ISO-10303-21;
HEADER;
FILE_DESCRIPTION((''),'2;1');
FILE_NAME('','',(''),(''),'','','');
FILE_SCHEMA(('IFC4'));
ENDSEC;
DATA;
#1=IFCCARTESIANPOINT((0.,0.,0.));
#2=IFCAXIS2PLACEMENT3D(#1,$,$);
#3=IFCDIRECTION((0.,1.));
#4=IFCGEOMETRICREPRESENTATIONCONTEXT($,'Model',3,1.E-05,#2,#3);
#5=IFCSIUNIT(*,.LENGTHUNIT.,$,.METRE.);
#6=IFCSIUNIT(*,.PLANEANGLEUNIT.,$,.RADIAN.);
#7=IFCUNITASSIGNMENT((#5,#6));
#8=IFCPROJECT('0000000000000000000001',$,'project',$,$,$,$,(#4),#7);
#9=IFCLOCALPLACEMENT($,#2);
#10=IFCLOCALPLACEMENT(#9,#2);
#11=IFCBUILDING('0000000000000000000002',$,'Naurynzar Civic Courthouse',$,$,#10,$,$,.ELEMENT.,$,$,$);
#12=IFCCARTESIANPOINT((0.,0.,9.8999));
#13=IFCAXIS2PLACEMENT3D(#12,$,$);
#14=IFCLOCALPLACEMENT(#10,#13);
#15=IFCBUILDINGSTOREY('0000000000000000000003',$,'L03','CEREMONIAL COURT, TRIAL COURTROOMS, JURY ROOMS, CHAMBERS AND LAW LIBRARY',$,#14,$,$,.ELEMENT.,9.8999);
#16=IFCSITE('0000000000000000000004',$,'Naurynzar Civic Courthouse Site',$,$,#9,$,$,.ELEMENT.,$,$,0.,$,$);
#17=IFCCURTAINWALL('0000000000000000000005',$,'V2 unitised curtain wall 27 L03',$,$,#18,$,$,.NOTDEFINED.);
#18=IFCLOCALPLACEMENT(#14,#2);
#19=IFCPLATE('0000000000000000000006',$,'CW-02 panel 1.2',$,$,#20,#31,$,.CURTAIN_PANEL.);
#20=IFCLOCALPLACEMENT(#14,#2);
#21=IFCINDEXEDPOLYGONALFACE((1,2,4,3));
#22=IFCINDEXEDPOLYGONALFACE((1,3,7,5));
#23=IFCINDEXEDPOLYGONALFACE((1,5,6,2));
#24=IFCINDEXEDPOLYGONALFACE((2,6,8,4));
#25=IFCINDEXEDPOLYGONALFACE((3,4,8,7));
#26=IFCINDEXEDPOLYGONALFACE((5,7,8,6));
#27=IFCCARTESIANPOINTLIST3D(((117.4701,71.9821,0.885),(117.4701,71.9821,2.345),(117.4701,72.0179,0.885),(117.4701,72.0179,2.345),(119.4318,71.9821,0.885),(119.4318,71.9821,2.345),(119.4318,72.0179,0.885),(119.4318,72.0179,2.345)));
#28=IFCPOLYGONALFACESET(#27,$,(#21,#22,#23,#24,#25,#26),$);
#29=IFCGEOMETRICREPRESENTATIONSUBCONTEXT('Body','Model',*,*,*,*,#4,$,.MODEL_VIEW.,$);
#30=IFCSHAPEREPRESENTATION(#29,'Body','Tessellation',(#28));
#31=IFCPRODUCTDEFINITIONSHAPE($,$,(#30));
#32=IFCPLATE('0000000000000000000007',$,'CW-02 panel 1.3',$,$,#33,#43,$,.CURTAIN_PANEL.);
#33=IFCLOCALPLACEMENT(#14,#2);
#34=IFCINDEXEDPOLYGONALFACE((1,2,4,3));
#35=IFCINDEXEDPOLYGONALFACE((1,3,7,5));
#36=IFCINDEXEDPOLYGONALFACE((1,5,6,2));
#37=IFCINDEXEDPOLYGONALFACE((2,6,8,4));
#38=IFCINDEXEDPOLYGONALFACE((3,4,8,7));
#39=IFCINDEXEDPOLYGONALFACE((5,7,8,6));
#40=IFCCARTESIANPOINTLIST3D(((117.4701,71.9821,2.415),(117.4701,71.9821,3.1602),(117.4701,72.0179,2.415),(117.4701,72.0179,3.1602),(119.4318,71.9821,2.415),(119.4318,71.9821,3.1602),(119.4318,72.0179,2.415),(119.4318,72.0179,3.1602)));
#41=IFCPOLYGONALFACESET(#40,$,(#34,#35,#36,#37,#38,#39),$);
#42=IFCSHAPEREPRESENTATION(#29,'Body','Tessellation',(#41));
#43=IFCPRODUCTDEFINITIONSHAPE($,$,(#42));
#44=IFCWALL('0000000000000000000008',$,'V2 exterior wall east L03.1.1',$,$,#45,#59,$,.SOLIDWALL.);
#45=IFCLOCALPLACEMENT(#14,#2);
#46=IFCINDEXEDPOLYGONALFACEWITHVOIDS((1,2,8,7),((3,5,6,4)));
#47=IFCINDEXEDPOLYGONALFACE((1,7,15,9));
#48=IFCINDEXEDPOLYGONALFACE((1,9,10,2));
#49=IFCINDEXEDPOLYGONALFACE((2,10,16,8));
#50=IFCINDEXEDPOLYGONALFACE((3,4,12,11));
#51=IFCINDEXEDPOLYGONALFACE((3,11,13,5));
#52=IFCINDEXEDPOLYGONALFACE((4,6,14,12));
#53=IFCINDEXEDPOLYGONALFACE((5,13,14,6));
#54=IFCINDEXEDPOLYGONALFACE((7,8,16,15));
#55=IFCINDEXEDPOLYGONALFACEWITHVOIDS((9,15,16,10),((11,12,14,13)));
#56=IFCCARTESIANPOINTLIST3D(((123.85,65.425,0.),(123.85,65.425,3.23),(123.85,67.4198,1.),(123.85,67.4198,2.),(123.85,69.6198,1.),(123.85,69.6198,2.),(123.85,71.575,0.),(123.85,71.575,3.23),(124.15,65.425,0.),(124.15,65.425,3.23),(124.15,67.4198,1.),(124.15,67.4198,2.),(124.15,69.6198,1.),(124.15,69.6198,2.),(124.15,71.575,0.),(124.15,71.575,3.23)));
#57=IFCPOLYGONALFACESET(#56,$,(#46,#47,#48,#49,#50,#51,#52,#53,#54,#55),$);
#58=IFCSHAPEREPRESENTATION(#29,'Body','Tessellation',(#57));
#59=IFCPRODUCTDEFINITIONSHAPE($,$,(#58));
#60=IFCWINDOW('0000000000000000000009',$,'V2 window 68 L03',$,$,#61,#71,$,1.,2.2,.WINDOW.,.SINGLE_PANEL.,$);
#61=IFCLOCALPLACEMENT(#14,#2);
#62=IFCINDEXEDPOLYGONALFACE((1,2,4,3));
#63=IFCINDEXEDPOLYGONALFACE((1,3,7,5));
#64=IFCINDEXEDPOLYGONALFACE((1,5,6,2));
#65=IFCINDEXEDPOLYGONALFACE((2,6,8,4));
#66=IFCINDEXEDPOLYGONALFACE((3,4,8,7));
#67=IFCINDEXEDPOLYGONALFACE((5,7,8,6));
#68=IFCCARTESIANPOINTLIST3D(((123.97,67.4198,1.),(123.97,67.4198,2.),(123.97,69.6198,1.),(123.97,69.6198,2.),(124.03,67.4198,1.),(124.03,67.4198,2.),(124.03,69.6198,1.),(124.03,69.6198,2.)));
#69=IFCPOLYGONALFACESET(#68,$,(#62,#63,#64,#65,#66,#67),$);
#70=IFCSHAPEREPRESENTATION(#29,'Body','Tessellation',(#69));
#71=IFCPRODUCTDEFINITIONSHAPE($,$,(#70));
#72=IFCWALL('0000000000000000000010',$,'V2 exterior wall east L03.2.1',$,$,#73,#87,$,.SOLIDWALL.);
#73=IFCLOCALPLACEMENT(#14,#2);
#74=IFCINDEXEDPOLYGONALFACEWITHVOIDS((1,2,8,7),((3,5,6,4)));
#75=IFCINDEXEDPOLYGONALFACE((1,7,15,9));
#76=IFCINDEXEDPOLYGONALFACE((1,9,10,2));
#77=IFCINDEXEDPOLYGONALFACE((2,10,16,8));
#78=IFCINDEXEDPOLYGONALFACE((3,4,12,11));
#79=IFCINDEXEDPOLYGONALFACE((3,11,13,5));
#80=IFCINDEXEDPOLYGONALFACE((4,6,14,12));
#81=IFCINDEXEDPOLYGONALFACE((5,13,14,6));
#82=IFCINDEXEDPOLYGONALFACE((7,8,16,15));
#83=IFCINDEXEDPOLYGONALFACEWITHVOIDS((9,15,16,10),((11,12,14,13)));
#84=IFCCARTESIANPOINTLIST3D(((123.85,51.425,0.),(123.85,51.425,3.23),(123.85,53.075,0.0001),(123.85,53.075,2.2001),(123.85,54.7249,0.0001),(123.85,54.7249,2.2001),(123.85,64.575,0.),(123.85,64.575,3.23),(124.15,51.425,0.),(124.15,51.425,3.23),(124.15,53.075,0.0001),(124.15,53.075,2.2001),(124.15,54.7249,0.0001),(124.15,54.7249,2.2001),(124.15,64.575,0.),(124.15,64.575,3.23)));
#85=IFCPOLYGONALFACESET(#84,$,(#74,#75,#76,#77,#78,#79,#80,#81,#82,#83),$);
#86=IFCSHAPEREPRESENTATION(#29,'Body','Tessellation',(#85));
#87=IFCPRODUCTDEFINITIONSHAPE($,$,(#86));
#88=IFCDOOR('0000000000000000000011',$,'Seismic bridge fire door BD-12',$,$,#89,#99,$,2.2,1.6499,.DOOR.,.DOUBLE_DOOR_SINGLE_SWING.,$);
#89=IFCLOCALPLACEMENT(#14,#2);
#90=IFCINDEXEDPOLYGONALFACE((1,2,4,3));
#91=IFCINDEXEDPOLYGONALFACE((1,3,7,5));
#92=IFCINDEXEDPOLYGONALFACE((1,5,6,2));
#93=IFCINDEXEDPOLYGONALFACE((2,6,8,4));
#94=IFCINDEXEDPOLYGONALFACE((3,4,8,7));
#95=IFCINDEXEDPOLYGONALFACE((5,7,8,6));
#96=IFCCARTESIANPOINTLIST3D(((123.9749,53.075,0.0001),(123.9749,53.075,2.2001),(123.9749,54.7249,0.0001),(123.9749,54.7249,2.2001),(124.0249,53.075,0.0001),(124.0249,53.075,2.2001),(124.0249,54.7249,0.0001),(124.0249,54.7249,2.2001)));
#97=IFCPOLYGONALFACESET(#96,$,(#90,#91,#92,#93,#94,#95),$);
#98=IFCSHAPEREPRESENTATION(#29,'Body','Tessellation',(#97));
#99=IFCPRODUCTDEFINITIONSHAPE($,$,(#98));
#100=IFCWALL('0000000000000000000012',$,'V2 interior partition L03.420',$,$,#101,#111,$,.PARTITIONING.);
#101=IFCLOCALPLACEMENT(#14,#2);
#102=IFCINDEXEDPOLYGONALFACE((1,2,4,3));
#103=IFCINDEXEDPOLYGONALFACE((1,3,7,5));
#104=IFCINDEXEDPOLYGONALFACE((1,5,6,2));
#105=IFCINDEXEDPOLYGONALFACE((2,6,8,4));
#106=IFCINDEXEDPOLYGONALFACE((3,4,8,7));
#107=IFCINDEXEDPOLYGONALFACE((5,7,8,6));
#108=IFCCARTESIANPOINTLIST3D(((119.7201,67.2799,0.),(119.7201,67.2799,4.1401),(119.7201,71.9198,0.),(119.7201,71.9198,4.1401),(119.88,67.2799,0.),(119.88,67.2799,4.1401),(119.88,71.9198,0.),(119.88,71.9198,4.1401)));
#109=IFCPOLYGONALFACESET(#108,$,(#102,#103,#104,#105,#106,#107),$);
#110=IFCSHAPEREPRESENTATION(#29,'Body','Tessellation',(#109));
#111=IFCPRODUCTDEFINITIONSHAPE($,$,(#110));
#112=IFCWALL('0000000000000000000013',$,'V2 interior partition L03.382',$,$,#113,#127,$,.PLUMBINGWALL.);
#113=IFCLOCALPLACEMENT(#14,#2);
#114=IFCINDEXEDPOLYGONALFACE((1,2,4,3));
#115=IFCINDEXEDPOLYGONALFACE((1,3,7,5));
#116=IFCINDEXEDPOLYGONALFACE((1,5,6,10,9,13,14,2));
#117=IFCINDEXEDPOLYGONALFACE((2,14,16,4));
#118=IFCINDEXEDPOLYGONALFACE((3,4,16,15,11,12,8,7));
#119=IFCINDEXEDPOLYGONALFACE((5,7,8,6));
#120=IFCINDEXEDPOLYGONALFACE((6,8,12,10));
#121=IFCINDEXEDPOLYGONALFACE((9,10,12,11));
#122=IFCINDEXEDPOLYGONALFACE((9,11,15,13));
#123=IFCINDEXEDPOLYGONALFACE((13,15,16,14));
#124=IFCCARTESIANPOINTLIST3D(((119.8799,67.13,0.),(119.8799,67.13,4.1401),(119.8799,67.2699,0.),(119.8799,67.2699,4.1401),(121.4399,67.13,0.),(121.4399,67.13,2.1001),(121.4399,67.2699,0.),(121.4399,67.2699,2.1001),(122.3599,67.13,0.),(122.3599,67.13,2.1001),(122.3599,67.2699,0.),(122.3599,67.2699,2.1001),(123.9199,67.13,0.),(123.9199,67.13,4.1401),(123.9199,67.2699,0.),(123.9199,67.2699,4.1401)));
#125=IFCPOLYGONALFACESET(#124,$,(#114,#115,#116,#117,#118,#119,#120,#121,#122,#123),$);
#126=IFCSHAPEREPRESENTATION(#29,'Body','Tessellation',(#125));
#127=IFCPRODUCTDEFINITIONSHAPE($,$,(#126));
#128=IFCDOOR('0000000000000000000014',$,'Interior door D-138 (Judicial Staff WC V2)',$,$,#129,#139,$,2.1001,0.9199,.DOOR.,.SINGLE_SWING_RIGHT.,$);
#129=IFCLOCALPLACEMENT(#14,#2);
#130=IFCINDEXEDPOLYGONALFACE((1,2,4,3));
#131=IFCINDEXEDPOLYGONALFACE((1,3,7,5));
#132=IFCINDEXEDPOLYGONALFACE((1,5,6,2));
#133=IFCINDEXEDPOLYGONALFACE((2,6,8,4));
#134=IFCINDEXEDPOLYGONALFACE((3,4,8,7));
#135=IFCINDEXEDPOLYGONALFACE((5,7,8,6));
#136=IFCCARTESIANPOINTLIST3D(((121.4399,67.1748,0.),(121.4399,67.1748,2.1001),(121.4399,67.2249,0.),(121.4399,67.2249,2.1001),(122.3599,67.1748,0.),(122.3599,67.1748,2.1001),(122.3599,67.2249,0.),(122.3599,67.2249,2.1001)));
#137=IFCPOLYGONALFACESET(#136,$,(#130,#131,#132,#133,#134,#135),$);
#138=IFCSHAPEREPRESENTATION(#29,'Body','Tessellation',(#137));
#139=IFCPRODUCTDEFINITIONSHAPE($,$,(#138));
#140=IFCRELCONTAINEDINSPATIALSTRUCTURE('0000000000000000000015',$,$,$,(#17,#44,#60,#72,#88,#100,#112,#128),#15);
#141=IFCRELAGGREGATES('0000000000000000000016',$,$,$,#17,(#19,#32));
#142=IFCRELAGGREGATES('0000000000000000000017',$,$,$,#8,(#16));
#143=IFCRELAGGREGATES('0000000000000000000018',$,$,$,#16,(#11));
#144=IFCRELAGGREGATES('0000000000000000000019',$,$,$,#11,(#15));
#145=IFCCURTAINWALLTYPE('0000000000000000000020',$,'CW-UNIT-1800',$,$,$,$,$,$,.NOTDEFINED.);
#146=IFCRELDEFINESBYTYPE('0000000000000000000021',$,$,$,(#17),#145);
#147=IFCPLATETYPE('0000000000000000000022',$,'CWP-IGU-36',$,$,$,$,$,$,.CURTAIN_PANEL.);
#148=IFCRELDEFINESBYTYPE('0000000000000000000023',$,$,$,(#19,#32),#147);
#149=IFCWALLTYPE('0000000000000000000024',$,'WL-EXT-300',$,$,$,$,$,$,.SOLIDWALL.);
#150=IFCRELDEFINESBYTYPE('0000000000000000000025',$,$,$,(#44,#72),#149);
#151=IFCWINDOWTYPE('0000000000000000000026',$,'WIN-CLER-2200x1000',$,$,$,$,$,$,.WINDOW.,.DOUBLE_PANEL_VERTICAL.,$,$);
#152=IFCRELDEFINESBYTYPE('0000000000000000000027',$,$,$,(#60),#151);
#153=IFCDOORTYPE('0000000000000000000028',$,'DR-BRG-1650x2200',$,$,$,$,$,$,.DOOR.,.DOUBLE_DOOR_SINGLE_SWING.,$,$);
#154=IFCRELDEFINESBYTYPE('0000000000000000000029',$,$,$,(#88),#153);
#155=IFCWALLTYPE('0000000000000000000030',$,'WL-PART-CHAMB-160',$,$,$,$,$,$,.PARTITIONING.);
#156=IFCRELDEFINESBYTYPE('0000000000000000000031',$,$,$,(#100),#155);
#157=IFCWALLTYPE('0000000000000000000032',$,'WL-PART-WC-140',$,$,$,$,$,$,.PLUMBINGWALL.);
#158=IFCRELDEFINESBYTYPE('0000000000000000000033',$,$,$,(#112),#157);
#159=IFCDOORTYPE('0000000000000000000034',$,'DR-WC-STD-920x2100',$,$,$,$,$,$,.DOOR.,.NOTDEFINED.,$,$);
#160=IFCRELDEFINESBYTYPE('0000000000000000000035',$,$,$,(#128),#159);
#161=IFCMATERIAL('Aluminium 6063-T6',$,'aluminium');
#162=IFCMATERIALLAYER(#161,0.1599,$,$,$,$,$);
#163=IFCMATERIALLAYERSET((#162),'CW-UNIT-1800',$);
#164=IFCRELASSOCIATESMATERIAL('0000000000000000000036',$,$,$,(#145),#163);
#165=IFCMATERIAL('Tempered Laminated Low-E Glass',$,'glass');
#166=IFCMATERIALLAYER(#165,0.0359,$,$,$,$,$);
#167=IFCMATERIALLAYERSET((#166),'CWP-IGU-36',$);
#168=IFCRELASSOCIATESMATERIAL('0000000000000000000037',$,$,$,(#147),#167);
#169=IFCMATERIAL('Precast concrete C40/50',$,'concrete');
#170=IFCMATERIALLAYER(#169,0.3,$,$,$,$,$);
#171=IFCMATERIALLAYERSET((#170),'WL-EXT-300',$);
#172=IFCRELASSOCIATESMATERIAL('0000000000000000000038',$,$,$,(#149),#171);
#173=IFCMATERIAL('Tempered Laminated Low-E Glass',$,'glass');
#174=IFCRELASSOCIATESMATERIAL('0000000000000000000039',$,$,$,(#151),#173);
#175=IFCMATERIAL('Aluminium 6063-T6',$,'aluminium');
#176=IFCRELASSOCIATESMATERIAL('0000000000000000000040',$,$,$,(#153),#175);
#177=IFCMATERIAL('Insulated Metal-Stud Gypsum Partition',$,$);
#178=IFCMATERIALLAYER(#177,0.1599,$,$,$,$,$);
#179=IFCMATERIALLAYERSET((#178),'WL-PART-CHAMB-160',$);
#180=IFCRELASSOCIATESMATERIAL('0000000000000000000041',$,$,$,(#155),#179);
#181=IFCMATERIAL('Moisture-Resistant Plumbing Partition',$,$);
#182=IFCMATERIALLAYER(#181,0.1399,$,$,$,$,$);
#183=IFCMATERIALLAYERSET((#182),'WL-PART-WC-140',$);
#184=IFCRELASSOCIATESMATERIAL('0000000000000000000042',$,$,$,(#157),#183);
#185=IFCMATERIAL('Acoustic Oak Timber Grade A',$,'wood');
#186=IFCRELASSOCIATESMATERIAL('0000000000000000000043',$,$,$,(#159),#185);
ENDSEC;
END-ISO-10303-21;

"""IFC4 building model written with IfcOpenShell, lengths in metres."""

from ifc_helpers import new_model, si_unit, direction, frame, frame_2d, origin, origin_2d, place, context, subcontext, project, spatial, rectangle, extrude, material, layer, layer_set, type_object, element, fill, aggregate, save


model = new_model("IFC4")

# Units and contexts
model_context = context("Model", 3, precision=1e-05, world=origin(), true_north=direction((0.0, 1.0)))
body_context = subcontext(model_context, "Body", "Model", "MODEL_VIEW")
ifc_project = project(units=[si_unit("LENGTHUNIT", "METRE"), si_unit("PLANEANGLEUNIT", "RADIAN")], contexts=[model_context])

# Site, building, storey
site_placement = place(None, origin())
site = spatial("IfcSite", under=ifc_project, at=site_placement, Name="Naurynzar Civic Courthouse Site", CompositionType="ELEMENT", RefElevation=0.0)
building_placement = place(site_placement, origin())
building = spatial("IfcBuilding", under=site, at=building_placement, Name="Naurynzar Civic Courthouse", CompositionType="ELEMENT")
storey_placement = place(building_placement, frame((0.0, 0.0, 9.8999)))
storey = spatial("IfcBuildingStorey", under=building, at=storey_placement, Name="L03", Description="CEREMONIAL COURT, TRIAL COURTROOMS, JURY ROOMS, CHAMBERS AND LAW LIBRARY", CompositionType="ELEMENT", Elevation=9.8999)

# Curtain wall, plates
ifc_material_1 = material(Name="Aluminium 6063-T6", Category="aluminium")
ifc_layer_1 = layer(ifc_material_1, 0.1599)
ifc_layer_set_1 = layer_set([ifc_layer_1], Name="CW-UNIT-1800")
curtain_wall_type = type_object("IfcCurtainWallType", Name="CW-UNIT-1800", PredefinedType="NOTDEFINED", material=ifc_layer_set_1)
curtain_wall_placement = place(storey_placement, origin())
curtain_wall = element("IfcCurtainWall", 1, at=curtain_wall_placement, inside=storey, type_object=curtain_wall_type, Name="V2 unitised curtain wall 27 L03", PredefinedType="NOTDEFINED")
ifc_material_2 = material(Name="Tempered Laminated Low-E Glass", Category="glass")
ifc_layer_2 = layer(ifc_material_2, 0.0359)
ifc_layer_set_2 = layer_set([ifc_layer_2], Name="CWP-IGU-36")
plate_type = type_object("IfcPlateType", Name="CWP-IGU-36", PredefinedType="CURTAIN_PANEL", material=ifc_layer_set_2)
plate_1_placement = place(storey_placement, frame((118.4509, 72.0, 0.885), z_axis=(0.0, 0.0, 1.0), x_axis=(1.0, 0.0, 0.0)))
plate_1 = element("IfcPlate", 2, at=plate_1_placement, type_object=plate_type, Name="CW-02 panel 1.2", PredefinedType="CURTAIN_PANEL", context=body_context, shape_type="SweptSolid", body=[
    extrude(rectangle(XDim=1.9617, YDim=0.0359, at=origin_2d()), origin(), (0.0, 0.0, 1.0), 1.46),
])
plate_2_placement = place(storey_placement, frame((118.4509, 72.0, 2.415), z_axis=(0.0, 0.0, 1.0), x_axis=(1.0, 0.0, 0.0)))
plate_2 = element("IfcPlate", 3, at=plate_2_placement, type_object=plate_type, Name="CW-02 panel 1.3", PredefinedType="CURTAIN_PANEL", context=body_context, shape_type="SweptSolid", body=[
    extrude(rectangle(XDim=1.9617, YDim=0.0359, at=origin_2d()), origin(), (0.0, 0.0, 1.0), 0.7451),
])
aggregate(curtain_wall, [plate_1, plate_2])

# Wall, opening, window
ifc_material_3 = material(Name="Precast concrete C40/50", Category="concrete")
ifc_layer_3 = layer(ifc_material_3, 0.3)
ifc_layer_set_3 = layer_set([ifc_layer_3], Name="WL-EXT-300")
wall_type_1 = type_object("IfcWallType", Name="WL-EXT-300", PredefinedType="SOLIDWALL", material=ifc_layer_set_3)
wall_1_placement = place(storey_placement, frame((124.0, 71.575, 0.0), z_axis=(0.0, 0.0, 1.0), x_axis=(0.0, -1.0, 0.0)))
wall_1 = element("IfcWall", 4, at=wall_1_placement, inside=storey, type_object=wall_type_1, Name="V2 exterior wall east L03.1.1", PredefinedType="SOLIDWALL", context=body_context, shape_type="SweptSolid", body=[
    extrude(rectangle(XDim=6.1499, YDim=0.3, at=frame_2d((3.075, 0.0))), origin(), (0.0, 0.0, 1.0), 3.23),
])
opening_1_placement = place(wall_1_placement, frame((1.9551, 0.0, 1.0)))
opening_1 = element("IfcOpeningElement", 5, at=opening_1_placement, cuts=wall_1, PredefinedType="OPENING", context=body_context, shape_type="SweptSolid", body=[
    extrude(rectangle(XDim=2.2, YDim=1.0, at=frame_2d((1.1001, 0.5))), frame((0.0, 0.1599, 0.0), z_axis=(0.0, -1.0, 0.0), x_axis=(1.0, 0.0, 0.0)), (0.0, 0.0, 1.0), 0.3201),
])
ifc_material_4 = material(Name="Tempered Laminated Low-E Glass", Category="glass")
window_type = type_object("IfcWindowType", Name="WIN-CLER-2200x1000", PartitioningType="DOUBLE_PANEL_VERTICAL", PredefinedType="WINDOW", material=ifc_material_4)
window_placement = place(opening_1_placement, origin())
window = element("IfcWindow", 6, at=window_placement, inside=storey, type_object=window_type, Name="V2 window 68 L03", OverallHeight=1.0, OverallWidth=2.2, PartitioningType="SINGLE_PANEL", PredefinedType="WINDOW", context=body_context, shape_type="SweptSolid", body=[
    extrude(rectangle(XDim=2.2, YDim=1.0, at=frame_2d((1.1001, 0.5))), frame((0.0, 0.03, 0.0), z_axis=(0.0, -1.0, 0.0), x_axis=(1.0, 0.0, 0.0)), (0.0, 0.0, 1.0), 0.0601),
])
fill(opening_1, window)

# Wall, opening, door
wall_2_placement = place(storey_placement, frame((124.0, 64.575, 0.0), z_axis=(0.0, 0.0, 1.0), x_axis=(0.0, -1.0, 0.0)))
wall_2 = element("IfcWall", 7, at=wall_2_placement, inside=storey, type_object=wall_type_1, Name="V2 exterior wall east L03.2.1", PredefinedType="SOLIDWALL", context=body_context, shape_type="SweptSolid", body=[
    extrude(rectangle(XDim=13.1499, YDim=0.3, at=frame_2d((6.575, 0.0))), origin(), (0.0, 0.0, 1.0), 3.23),
])
opening_2_placement = place(wall_2_placement, frame((9.8501, 0.0, 0.0)))
opening_2 = element("IfcOpeningElement", 8, at=opening_2_placement, cuts=wall_2, PredefinedType="OPENING", context=body_context, shape_type="SweptSolid", body=[
    extrude(rectangle(XDim=1.6499, YDim=2.2, at=frame_2d((0.825, 1.1001))), frame((0.0, 0.1599, 0.0), z_axis=(0.0, -1.0, 0.0), x_axis=(1.0, 0.0, 0.0)), (0.0, 0.0, 1.0), 0.3201),
])
ifc_material_5 = material(Name="Aluminium 6063-T6", Category="aluminium")
door_type_1 = type_object("IfcDoorType", Name="DR-BRG-1650x2200", OperationType="DOUBLE_DOOR_SINGLE_SWING", PredefinedType="DOOR", material=ifc_material_5)
door_1_placement = place(opening_2_placement, origin())
door_1 = element("IfcDoor", 9, at=door_1_placement, inside=storey, type_object=door_type_1, Name="Seismic bridge fire door BD-12", OperationType="DOUBLE_DOOR_SINGLE_SWING", OverallHeight=2.2, OverallWidth=1.6499, PredefinedType="DOOR", context=body_context, shape_type="SweptSolid", body=[
    extrude(rectangle(XDim=1.6499, YDim=2.2, at=frame_2d((0.825, 1.1001))), frame((0.0, 0.0249, 0.0), z_axis=(0.0, -1.0, 0.0), x_axis=(1.0, 0.0, 0.0)), (0.0, 0.0, 1.0), 0.05),
])
fill(opening_2, door_1)

# Wall
ifc_material_6 = material(Name="Insulated Metal-Stud Gypsum Partition")
ifc_layer_4 = layer(ifc_material_6, 0.1599)
ifc_layer_set_4 = layer_set([ifc_layer_4], Name="WL-PART-CHAMB-160")
wall_type_2 = type_object("IfcWallType", Name="WL-PART-CHAMB-160", PredefinedType="PARTITIONING", material=ifc_layer_set_4)
wall_3_placement = place(storey_placement, frame((119.8, 67.28, 0.0), z_axis=(0.0, 0.0, 1.0), x_axis=(0.0, 1.0, 0.0)))
element("IfcWall", 10, at=wall_3_placement, inside=storey, type_object=wall_type_2, Name="V2 interior partition L03.420", PredefinedType="PARTITIONING", context=body_context, shape_type="SweptSolid", body=[
    extrude(rectangle(XDim=4.6399, YDim=0.1599, at=frame_2d((2.3198, 0.0))), origin(), (0.0, 0.0, 1.0), 4.1401),
])

# Wall, opening, door
ifc_material_7 = material(Name="Moisture-Resistant Plumbing Partition")
ifc_layer_5 = layer(ifc_material_7, 0.1399)
ifc_layer_set_5 = layer_set([ifc_layer_5], Name="WL-PART-WC-140")
wall_type_3 = type_object("IfcWallType", Name="WL-PART-WC-140", PredefinedType="PLUMBINGWALL", material=ifc_layer_set_5)
wall_4_placement = place(storey_placement, frame((119.8799, 67.2, 0.0), z_axis=(0.0, 0.0, 1.0), x_axis=(1.0, 0.0, 0.0)))
wall_4 = element("IfcWall", 11, at=wall_4_placement, inside=storey, type_object=wall_type_3, Name="V2 interior partition L03.382", PredefinedType="PLUMBINGWALL", context=body_context, shape_type="SweptSolid", body=[
    extrude(rectangle(XDim=4.04, YDim=0.1399, at=frame_2d((2.02, 0.0))), origin(), (0.0, 0.0, 1.0), 4.1401),
])
opening_3_placement = place(wall_4_placement, frame((1.5601, 0.0, 0.0)))
opening_3 = element("IfcOpeningElement", 12, at=opening_3_placement, cuts=wall_4, PredefinedType="OPENING", context=body_context, shape_type="SweptSolid", body=[
    extrude(rectangle(XDim=0.9199, YDim=2.1001, at=frame_2d((0.46, 1.05))), frame((0.0, 0.0798, 0.0), z_axis=(0.0, -1.0, 0.0), x_axis=(1.0, 0.0, 0.0)), (0.0, 0.0, 1.0), 0.1599),
])
ifc_material_8 = material(Name="Acoustic Oak Timber Grade A", Category="wood")
door_type_2 = type_object("IfcDoorType", Name="DR-WC-STD-920x2100", OperationType="NOTDEFINED", PredefinedType="DOOR", material=ifc_material_8)
door_2_placement = place(opening_3_placement, origin())
door_2 = element("IfcDoor", 13, at=door_2_placement, inside=storey, type_object=door_type_2, Name="Interior door D-138 (Judicial Staff WC V2)", OperationType="SINGLE_SWING_RIGHT", OverallHeight=2.1001, OverallWidth=0.9199, PredefinedType="DOOR", context=body_context, shape_type="SweptSolid", body=[
    extrude(rectangle(XDim=0.9199, YDim=2.1001, at=frame_2d((0.46, 1.05))), frame((0.0, 0.0249, 0.0), z_axis=(0.0, -1.0, 0.0), x_axis=(1.0, 0.0, 0.0)), (0.0, 0.0, 1.0), 0.05),
])
fill(opening_3, door_2)

save(model, "model.ifc")
